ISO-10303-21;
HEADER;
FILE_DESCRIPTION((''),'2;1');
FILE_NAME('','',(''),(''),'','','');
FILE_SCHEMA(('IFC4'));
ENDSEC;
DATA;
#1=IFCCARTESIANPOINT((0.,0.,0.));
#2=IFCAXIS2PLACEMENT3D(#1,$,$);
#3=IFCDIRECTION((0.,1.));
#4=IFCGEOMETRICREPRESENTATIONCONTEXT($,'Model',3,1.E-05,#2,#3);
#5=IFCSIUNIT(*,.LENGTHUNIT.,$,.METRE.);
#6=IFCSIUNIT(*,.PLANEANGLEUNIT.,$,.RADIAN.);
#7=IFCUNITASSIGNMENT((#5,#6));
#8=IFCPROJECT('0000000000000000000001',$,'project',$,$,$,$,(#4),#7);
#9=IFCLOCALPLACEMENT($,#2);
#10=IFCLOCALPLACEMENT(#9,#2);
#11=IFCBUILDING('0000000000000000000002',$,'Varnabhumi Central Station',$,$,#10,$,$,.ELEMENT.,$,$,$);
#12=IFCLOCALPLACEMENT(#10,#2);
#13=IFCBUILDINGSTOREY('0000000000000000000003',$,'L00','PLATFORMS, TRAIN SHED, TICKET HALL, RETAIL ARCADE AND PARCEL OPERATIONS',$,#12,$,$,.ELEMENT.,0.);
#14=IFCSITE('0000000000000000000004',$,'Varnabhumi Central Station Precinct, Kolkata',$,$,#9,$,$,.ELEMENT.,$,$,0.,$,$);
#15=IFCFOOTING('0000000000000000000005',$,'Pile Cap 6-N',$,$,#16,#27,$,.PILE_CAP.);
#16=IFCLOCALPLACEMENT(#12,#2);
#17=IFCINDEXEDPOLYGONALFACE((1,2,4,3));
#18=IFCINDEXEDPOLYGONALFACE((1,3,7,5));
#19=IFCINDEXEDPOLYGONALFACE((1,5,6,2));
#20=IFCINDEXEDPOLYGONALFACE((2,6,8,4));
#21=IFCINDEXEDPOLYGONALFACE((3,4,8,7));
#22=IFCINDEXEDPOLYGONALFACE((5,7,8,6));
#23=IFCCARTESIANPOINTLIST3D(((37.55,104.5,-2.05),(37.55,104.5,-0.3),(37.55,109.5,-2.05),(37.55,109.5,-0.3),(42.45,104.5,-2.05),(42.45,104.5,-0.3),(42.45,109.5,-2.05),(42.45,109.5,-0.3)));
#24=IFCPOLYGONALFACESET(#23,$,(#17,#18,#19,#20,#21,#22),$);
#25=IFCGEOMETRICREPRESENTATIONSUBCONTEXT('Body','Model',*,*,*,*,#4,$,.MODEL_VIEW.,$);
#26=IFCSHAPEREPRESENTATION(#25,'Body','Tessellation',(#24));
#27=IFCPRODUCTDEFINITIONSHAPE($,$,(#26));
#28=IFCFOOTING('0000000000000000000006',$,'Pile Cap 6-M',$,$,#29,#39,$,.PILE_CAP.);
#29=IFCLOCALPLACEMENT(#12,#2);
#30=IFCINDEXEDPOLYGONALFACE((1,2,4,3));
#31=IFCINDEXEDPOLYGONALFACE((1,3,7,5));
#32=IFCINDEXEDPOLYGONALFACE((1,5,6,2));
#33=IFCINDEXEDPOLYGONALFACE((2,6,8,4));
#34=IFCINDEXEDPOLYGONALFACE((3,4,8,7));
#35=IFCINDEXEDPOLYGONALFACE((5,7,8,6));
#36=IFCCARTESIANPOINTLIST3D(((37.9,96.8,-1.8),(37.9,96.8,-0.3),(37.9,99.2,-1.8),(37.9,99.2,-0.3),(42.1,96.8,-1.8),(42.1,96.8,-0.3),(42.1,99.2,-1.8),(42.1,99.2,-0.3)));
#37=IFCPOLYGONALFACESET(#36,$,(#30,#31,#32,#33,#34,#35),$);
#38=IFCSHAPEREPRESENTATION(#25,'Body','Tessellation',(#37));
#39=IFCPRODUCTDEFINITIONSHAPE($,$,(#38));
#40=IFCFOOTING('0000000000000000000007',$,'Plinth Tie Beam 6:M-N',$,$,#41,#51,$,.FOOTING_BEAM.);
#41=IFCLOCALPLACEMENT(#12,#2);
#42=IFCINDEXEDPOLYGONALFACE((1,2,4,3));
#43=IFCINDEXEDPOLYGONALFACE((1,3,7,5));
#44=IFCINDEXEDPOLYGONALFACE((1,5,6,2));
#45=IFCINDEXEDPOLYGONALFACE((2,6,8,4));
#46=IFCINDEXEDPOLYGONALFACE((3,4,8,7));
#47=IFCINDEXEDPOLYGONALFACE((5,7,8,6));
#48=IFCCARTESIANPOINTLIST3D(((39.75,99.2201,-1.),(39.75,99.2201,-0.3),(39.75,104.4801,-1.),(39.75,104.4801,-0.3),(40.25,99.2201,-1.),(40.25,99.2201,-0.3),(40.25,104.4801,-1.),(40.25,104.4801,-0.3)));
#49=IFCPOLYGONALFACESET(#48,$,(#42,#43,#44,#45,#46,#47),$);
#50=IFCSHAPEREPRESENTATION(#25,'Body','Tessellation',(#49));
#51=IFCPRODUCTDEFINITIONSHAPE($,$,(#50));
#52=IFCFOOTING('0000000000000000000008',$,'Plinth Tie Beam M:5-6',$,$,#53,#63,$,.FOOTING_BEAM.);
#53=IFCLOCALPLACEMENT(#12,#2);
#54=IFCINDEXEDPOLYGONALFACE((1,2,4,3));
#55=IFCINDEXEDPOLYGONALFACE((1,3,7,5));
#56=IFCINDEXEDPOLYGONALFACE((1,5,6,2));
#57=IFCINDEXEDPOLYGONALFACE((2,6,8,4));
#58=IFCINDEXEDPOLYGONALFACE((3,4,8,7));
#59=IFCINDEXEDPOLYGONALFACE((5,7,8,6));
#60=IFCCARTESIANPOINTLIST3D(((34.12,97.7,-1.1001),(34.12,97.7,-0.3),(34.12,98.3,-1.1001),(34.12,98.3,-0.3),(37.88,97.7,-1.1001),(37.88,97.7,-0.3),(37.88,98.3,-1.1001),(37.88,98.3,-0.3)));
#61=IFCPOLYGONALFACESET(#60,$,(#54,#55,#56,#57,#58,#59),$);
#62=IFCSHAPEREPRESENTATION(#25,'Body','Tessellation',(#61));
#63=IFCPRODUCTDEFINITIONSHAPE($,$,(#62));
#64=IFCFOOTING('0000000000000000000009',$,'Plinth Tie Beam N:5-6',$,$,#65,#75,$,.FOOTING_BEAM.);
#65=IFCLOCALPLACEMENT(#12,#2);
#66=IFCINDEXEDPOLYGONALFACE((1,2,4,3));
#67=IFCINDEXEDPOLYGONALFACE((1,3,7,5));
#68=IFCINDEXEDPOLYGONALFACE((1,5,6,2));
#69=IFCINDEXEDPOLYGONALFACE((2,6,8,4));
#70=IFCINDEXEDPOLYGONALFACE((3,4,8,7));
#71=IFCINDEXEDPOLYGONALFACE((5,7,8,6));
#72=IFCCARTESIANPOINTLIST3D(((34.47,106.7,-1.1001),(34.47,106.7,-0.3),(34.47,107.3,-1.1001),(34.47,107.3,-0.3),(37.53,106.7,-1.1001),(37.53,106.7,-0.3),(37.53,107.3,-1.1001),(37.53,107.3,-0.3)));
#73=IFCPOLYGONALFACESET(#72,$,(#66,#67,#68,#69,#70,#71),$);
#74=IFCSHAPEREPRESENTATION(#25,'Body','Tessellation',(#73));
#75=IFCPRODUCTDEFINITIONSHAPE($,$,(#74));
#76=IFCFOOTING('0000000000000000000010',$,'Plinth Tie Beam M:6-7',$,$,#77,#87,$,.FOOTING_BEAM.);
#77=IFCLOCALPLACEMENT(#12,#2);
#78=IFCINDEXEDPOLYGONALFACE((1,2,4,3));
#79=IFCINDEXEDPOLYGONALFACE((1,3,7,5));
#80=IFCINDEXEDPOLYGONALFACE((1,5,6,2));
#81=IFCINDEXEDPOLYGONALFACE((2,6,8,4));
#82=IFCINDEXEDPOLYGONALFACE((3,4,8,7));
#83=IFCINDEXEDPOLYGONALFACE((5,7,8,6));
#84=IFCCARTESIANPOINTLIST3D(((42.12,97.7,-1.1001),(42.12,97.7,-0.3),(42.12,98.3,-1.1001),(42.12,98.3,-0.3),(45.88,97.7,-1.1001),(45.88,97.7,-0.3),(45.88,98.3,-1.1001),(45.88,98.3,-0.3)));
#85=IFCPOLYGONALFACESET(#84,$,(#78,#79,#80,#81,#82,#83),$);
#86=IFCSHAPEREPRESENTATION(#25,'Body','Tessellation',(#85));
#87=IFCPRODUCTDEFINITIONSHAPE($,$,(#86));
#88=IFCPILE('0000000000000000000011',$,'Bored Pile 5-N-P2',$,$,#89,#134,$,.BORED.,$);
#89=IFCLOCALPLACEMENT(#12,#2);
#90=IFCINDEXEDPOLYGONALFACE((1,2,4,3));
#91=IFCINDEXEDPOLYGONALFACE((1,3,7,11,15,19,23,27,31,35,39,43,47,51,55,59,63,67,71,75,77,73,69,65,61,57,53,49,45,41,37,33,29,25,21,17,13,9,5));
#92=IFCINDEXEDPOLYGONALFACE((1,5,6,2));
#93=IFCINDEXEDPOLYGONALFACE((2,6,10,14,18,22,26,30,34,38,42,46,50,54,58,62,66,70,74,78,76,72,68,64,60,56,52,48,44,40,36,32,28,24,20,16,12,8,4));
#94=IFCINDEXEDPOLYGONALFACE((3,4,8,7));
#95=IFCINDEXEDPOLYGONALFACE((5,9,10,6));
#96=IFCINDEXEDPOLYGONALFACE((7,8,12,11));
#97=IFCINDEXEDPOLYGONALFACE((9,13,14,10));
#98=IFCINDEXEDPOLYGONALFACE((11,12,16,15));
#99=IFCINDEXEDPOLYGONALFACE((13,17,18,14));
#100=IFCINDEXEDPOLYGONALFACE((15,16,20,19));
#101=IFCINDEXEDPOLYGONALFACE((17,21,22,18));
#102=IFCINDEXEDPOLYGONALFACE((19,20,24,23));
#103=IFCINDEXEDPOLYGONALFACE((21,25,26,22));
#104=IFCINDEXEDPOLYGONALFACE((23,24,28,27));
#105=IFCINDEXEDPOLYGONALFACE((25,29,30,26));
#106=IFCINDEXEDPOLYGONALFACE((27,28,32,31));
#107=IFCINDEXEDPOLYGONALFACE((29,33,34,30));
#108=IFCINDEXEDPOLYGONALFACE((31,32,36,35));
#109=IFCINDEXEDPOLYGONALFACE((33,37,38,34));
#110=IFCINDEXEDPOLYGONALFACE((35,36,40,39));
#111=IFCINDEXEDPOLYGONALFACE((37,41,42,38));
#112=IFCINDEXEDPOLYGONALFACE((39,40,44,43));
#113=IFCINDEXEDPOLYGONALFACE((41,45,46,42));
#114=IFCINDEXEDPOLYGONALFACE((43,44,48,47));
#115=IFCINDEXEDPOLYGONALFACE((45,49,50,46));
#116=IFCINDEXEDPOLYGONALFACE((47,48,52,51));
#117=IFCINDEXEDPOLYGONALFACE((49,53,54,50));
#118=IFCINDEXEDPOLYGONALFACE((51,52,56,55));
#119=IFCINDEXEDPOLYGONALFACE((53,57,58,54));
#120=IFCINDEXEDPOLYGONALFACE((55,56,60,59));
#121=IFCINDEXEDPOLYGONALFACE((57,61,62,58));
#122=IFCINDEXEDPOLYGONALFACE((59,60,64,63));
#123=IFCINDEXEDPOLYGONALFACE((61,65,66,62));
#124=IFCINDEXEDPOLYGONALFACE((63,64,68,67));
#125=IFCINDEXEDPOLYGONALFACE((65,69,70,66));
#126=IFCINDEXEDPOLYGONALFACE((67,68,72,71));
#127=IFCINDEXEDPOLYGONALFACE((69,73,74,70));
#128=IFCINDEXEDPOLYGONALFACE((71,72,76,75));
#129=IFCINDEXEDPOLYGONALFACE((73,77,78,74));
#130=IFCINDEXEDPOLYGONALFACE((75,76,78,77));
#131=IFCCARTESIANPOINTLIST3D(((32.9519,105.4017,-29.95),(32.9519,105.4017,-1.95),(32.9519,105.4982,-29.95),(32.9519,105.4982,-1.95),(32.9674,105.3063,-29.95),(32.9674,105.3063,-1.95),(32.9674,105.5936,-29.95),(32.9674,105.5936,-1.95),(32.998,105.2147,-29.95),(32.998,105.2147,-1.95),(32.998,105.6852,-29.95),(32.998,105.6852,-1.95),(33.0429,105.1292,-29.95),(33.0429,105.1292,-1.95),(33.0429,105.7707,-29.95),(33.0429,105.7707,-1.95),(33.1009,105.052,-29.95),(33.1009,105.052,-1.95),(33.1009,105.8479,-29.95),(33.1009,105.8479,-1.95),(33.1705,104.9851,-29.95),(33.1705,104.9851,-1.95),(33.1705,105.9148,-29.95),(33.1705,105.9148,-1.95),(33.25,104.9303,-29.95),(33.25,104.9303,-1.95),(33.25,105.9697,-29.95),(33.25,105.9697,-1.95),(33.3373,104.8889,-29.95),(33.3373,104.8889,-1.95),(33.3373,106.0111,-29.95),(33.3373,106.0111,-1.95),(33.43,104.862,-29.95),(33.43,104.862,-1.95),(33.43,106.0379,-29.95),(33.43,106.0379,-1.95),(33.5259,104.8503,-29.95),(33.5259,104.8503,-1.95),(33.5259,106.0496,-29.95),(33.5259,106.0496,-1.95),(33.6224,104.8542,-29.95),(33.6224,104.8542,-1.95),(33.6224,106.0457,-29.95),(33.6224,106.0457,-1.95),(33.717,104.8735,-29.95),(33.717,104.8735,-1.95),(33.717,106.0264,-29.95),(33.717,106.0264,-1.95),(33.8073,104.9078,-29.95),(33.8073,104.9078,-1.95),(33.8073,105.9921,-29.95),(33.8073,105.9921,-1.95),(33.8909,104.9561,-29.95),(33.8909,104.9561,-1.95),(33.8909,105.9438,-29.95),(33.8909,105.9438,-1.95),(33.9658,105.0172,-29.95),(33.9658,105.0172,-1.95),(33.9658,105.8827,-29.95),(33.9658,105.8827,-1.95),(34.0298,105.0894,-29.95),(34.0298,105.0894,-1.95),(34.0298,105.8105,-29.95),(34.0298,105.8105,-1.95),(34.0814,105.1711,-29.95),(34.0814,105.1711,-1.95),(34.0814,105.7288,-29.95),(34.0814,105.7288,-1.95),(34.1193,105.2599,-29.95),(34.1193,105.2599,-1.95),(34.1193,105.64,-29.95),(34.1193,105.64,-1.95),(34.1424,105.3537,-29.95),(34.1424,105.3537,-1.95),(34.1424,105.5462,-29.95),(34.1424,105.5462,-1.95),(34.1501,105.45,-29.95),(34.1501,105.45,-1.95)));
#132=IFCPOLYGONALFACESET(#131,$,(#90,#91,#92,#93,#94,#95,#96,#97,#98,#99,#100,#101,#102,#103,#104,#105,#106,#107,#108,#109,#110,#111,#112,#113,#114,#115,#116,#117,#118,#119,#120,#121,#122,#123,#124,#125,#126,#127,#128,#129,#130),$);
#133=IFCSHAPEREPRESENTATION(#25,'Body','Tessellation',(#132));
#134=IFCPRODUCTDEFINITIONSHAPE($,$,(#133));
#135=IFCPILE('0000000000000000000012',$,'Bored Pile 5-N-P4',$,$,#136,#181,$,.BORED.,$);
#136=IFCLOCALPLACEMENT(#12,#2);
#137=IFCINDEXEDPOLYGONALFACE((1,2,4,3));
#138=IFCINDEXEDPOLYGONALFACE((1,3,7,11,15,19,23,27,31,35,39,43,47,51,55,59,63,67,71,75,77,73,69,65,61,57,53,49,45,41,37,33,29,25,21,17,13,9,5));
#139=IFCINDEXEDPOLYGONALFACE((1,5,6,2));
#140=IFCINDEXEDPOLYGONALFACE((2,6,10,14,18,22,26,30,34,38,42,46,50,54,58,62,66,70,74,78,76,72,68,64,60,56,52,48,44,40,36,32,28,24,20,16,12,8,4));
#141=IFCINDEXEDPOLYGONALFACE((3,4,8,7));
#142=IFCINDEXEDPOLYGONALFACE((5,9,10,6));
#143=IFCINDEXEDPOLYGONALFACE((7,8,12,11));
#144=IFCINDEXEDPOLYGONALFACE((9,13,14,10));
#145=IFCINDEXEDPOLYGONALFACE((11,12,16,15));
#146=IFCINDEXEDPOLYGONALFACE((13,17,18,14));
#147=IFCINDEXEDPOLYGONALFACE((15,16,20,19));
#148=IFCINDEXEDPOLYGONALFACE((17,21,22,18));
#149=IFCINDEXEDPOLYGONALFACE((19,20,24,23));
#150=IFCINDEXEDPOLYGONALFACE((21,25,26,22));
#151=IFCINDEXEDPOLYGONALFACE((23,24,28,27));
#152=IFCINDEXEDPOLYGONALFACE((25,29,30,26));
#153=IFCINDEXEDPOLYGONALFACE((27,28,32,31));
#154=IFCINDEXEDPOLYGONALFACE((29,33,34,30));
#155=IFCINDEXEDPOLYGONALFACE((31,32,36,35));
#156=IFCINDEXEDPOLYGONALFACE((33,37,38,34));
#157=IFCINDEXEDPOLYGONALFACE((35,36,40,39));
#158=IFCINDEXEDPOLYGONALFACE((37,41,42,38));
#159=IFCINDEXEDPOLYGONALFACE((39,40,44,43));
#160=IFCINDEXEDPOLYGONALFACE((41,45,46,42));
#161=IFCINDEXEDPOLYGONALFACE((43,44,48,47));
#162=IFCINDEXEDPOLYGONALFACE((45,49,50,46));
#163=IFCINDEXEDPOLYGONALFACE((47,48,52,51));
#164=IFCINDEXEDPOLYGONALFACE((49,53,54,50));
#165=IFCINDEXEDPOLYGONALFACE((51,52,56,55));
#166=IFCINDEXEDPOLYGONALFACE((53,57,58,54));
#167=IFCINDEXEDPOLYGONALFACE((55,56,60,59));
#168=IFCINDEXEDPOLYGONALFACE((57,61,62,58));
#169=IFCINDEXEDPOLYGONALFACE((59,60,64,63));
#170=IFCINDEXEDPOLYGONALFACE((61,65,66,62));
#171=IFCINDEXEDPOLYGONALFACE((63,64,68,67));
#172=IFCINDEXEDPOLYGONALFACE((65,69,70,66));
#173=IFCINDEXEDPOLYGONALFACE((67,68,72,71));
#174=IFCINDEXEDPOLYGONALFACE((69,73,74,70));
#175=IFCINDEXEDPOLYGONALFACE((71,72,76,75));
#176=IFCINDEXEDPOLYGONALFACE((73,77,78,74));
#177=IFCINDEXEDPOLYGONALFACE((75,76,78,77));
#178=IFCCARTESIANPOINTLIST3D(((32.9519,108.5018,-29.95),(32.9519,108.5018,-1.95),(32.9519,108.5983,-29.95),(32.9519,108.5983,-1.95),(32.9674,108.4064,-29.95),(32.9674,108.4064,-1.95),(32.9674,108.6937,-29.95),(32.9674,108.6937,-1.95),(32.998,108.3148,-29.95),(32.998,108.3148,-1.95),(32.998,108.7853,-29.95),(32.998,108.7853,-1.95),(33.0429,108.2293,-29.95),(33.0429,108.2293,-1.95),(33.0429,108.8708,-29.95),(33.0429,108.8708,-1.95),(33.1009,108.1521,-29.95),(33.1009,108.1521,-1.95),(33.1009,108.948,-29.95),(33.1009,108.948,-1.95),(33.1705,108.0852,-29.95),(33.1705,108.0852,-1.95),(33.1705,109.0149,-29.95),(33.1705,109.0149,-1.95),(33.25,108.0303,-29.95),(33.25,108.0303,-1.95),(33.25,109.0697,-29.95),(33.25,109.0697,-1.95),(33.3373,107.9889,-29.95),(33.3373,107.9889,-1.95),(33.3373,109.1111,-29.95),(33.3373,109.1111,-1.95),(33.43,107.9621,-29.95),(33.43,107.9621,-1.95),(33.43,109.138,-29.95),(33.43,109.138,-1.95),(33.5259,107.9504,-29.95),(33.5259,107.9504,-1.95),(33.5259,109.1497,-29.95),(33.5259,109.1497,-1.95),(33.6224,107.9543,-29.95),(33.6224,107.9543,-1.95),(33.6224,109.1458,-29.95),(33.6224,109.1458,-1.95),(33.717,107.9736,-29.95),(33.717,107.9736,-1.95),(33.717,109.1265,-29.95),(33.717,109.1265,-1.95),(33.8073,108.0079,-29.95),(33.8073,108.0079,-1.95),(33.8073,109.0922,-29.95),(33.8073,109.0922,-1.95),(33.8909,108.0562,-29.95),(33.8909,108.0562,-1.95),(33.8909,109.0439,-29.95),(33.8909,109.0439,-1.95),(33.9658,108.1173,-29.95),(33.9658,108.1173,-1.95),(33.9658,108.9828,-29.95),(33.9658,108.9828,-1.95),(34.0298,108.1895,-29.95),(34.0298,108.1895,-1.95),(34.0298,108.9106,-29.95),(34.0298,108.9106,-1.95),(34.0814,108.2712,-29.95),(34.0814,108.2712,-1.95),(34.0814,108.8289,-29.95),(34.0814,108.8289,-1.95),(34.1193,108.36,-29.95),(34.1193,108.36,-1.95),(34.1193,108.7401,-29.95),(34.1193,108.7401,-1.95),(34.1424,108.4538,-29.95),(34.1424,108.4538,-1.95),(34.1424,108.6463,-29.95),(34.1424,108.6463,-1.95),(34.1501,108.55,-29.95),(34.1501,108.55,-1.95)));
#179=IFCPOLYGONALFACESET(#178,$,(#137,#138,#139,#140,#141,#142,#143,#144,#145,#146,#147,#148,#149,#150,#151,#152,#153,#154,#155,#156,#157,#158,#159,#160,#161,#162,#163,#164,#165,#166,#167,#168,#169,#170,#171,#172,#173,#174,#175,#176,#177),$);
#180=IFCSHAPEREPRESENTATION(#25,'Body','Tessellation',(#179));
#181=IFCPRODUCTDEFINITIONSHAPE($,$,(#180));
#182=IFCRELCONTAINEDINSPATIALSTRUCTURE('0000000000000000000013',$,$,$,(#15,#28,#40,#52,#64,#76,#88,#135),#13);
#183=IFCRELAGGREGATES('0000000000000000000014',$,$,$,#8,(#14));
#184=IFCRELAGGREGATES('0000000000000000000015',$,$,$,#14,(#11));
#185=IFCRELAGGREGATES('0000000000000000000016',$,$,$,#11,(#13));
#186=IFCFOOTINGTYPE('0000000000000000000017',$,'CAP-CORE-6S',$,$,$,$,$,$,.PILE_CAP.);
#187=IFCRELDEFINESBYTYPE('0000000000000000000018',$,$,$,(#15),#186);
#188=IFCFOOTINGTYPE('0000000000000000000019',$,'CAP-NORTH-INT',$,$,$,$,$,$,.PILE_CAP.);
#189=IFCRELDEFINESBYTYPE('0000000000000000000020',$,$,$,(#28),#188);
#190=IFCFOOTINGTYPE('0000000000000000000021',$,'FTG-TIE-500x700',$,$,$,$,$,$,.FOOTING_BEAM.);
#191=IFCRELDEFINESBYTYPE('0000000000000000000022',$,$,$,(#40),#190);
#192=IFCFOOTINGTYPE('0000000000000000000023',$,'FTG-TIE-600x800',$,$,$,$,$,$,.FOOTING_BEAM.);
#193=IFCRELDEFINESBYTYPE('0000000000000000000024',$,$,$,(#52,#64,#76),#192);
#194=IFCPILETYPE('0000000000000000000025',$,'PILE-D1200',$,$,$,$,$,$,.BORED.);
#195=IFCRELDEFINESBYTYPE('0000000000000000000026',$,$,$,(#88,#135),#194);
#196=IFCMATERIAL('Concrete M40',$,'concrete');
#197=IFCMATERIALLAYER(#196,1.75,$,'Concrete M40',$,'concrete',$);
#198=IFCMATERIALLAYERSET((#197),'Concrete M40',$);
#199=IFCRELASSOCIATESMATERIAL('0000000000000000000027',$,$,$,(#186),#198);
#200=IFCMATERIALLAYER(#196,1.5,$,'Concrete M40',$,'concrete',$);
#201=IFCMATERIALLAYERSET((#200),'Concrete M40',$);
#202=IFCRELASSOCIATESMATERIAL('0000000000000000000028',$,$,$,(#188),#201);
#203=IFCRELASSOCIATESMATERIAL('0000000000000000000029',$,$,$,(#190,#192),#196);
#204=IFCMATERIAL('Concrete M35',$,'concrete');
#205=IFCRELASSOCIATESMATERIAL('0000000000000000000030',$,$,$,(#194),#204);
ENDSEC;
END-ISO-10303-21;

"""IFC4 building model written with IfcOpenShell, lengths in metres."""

from ifc_helpers import new_model, si_unit, direction, frame, origin, origin_2d, place, context, subcontext, project, spatial, rectangle, circle, extrude, material, layer, layer_set, material_profile, profile_set, type_object, element, save


model = new_model("IFC4")

# Units and contexts
model_context = context("Model", 3, precision=1e-05, world=origin(), true_north=direction((0.0, 1.0)))
body_context = subcontext(model_context, "Body", "Model", "MODEL_VIEW")
ifc_project = project(units=[si_unit("LENGTHUNIT", "METRE"), si_unit("PLANEANGLEUNIT", "RADIAN")], contexts=[model_context])

# Site, building, storey
site_placement = place(None, origin())
site = spatial("IfcSite", under=ifc_project, at=site_placement, Name="Varnabhumi Central Station Precinct, Kolkata", CompositionType="ELEMENT", RefElevation=0.0)
building_placement = place(site_placement, origin())
building = spatial("IfcBuilding", under=site, at=building_placement, Name="Varnabhumi Central Station", CompositionType="ELEMENT")
storey_placement = place(building_placement, origin())
storey = spatial("IfcBuildingStorey", under=building, at=storey_placement, Name="L00", Description="PLATFORMS, TRAIN SHED, TICKET HALL, RETAIL ARCADE AND PARCEL OPERATIONS", CompositionType="ELEMENT", Elevation=0.0)

# Footings
ifc_material_1 = material(Name="Concrete M40", Category="concrete")
ifc_layer_1 = layer(ifc_material_1, 1.75, Name="Concrete M40", Category="concrete")
ifc_layer_set_1 = layer_set([ifc_layer_1], Name="Concrete M40")
footing_type_1 = type_object("IfcFootingType", Name="CAP-CORE-6S", PredefinedType="PILE_CAP", material=ifc_layer_set_1)
footing_1_placement = place(storey_placement, frame((40.0, 107.0, -2.05), z_axis=(0.0, 0.0, 1.0), x_axis=(1.0, 0.0, 0.0)))
element("IfcFooting", 1, at=footing_1_placement, inside=storey, type_object=footing_type_1, Name="Pile Cap 6-N", PredefinedType="PILE_CAP", context=body_context, shape_type="SweptSolid", body=[
    extrude(rectangle(XDim=4.8999, YDim=5.0, at=origin_2d()), origin(), (0.0, 0.0, 1.0), 1.75),
])
ifc_layer_2 = layer(ifc_material_1, 1.5, Name="Concrete M40", Category="concrete")
ifc_layer_set_2 = layer_set([ifc_layer_2], Name="Concrete M40")
footing_type_2 = type_object("IfcFootingType", Name="CAP-NORTH-INT", PredefinedType="PILE_CAP", material=ifc_layer_set_2)
footing_2_placement = place(storey_placement, frame((40.0, 98.0, -1.8), z_axis=(0.0, 0.0, 1.0), x_axis=(1.0, 0.0, 0.0)))
element("IfcFooting", 2, at=footing_2_placement, inside=storey, type_object=footing_type_2, Name="Pile Cap 6-M", PredefinedType="PILE_CAP", context=body_context, shape_type="SweptSolid", body=[
    extrude(rectangle(XDim=4.2, YDim=2.3999, at=origin_2d()), origin(), (0.0, 0.0, 1.0), 1.5),
])
footing_type_3 = type_object("IfcFootingType", Name="FTG-TIE-500x700", PredefinedType="FOOTING_BEAM", material=ifc_material_1)
footing_3_placement = place(storey_placement, frame((40.0, 101.8501, -1.0), z_axis=(0.0, 0.0, 1.0), x_axis=(1.0, 0.0, 0.0)))
element("IfcFooting", 3, at=footing_3_placement, inside=storey, type_object=footing_type_3, Name="Plinth Tie Beam 6:M-N", PredefinedType="FOOTING_BEAM", context=body_context, shape_type="SweptSolid", body=[
    extrude(rectangle(XDim=0.5, YDim=5.26, at=origin_2d()), origin(), (0.0, 0.0, 1.0), 0.7),
])
footing_type_4 = type_object("IfcFootingType", Name="FTG-TIE-600x800", PredefinedType="FOOTING_BEAM", material=ifc_material_1)
footing_4_placement = place(storey_placement, frame((36.0, 98.0, -1.1001), z_axis=(0.0, 0.0, 1.0), x_axis=(1.0, 0.0, 0.0)))
element("IfcFooting", 4, at=footing_4_placement, inside=storey, type_object=footing_type_4, Name="Plinth Tie Beam M:5-6", PredefinedType="FOOTING_BEAM", context=body_context, shape_type="SweptSolid", body=[
    extrude(rectangle(XDim=3.76, YDim=0.6001, at=origin_2d()), origin(), (0.0, 0.0, 1.0), 0.8),
])
footing_5_placement = place(storey_placement, frame((36.0, 107.0, -1.1001), z_axis=(0.0, 0.0, 1.0), x_axis=(1.0, 0.0, 0.0)))
element("IfcFooting", 5, at=footing_5_placement, inside=storey, type_object=footing_type_4, Name="Plinth Tie Beam N:5-6", PredefinedType="FOOTING_BEAM", context=body_context, shape_type="SweptSolid", body=[
    extrude(rectangle(XDim=3.0601, YDim=0.6001, at=origin_2d()), origin(), (0.0, 0.0, 1.0), 0.8),
])
footing_6_placement = place(storey_placement, frame((44.0, 98.0, -1.1001), z_axis=(0.0, 0.0, 1.0), x_axis=(1.0, 0.0, 0.0)))
element("IfcFooting", 6, at=footing_6_placement, inside=storey, type_object=footing_type_4, Name="Plinth Tie Beam M:6-7", PredefinedType="FOOTING_BEAM", context=body_context, shape_type="SweptSolid", body=[
    extrude(rectangle(XDim=3.76, YDim=0.6001, at=origin_2d()), origin(), (0.0, 0.0, 1.0), 0.8),
])

# Piles
ifc_material_2 = material(Name="Concrete M35", Category="concrete")
ifc_material_profile_1 = material_profile(ifc_material_2, circle(Radius=0.6001, at=origin_2d()), Name="Concrete M35", Category="concrete")
ifc_profile_set_1 = profile_set([ifc_material_profile_1], Name="Concrete M35")
pile_type_1 = type_object("IfcPileType", Name="PILE-D1200", PredefinedType="BORED", material=ifc_profile_set_1)
for number, where, z_axis, x_axis, name in (
    (7, (33.55, 105.45, -1.95), (0.0, 0.0, -1.0), (1.0, 0.0, 0.0), "Bored Pile 5-N-P2"),
    (8, (33.55, 108.55, -1.95), (0.0, 0.0, -1.0), (1.0, 0.0, 0.0), "Bored Pile 5-N-P4"),
):
    element("IfcPile", number, at=place(storey_placement, frame(where, z_axis=z_axis, x_axis=x_axis)), inside=storey, type_object=pile_type_1, Name=name, PredefinedType="BORED", context=body_context, shape_type="SweptSolid", body=[
        extrude(circle(Radius=0.6001, at=origin_2d()), origin(), (0.0, 0.0, 1.0), 28.0),
    ])

save(model, "model.ifc")
